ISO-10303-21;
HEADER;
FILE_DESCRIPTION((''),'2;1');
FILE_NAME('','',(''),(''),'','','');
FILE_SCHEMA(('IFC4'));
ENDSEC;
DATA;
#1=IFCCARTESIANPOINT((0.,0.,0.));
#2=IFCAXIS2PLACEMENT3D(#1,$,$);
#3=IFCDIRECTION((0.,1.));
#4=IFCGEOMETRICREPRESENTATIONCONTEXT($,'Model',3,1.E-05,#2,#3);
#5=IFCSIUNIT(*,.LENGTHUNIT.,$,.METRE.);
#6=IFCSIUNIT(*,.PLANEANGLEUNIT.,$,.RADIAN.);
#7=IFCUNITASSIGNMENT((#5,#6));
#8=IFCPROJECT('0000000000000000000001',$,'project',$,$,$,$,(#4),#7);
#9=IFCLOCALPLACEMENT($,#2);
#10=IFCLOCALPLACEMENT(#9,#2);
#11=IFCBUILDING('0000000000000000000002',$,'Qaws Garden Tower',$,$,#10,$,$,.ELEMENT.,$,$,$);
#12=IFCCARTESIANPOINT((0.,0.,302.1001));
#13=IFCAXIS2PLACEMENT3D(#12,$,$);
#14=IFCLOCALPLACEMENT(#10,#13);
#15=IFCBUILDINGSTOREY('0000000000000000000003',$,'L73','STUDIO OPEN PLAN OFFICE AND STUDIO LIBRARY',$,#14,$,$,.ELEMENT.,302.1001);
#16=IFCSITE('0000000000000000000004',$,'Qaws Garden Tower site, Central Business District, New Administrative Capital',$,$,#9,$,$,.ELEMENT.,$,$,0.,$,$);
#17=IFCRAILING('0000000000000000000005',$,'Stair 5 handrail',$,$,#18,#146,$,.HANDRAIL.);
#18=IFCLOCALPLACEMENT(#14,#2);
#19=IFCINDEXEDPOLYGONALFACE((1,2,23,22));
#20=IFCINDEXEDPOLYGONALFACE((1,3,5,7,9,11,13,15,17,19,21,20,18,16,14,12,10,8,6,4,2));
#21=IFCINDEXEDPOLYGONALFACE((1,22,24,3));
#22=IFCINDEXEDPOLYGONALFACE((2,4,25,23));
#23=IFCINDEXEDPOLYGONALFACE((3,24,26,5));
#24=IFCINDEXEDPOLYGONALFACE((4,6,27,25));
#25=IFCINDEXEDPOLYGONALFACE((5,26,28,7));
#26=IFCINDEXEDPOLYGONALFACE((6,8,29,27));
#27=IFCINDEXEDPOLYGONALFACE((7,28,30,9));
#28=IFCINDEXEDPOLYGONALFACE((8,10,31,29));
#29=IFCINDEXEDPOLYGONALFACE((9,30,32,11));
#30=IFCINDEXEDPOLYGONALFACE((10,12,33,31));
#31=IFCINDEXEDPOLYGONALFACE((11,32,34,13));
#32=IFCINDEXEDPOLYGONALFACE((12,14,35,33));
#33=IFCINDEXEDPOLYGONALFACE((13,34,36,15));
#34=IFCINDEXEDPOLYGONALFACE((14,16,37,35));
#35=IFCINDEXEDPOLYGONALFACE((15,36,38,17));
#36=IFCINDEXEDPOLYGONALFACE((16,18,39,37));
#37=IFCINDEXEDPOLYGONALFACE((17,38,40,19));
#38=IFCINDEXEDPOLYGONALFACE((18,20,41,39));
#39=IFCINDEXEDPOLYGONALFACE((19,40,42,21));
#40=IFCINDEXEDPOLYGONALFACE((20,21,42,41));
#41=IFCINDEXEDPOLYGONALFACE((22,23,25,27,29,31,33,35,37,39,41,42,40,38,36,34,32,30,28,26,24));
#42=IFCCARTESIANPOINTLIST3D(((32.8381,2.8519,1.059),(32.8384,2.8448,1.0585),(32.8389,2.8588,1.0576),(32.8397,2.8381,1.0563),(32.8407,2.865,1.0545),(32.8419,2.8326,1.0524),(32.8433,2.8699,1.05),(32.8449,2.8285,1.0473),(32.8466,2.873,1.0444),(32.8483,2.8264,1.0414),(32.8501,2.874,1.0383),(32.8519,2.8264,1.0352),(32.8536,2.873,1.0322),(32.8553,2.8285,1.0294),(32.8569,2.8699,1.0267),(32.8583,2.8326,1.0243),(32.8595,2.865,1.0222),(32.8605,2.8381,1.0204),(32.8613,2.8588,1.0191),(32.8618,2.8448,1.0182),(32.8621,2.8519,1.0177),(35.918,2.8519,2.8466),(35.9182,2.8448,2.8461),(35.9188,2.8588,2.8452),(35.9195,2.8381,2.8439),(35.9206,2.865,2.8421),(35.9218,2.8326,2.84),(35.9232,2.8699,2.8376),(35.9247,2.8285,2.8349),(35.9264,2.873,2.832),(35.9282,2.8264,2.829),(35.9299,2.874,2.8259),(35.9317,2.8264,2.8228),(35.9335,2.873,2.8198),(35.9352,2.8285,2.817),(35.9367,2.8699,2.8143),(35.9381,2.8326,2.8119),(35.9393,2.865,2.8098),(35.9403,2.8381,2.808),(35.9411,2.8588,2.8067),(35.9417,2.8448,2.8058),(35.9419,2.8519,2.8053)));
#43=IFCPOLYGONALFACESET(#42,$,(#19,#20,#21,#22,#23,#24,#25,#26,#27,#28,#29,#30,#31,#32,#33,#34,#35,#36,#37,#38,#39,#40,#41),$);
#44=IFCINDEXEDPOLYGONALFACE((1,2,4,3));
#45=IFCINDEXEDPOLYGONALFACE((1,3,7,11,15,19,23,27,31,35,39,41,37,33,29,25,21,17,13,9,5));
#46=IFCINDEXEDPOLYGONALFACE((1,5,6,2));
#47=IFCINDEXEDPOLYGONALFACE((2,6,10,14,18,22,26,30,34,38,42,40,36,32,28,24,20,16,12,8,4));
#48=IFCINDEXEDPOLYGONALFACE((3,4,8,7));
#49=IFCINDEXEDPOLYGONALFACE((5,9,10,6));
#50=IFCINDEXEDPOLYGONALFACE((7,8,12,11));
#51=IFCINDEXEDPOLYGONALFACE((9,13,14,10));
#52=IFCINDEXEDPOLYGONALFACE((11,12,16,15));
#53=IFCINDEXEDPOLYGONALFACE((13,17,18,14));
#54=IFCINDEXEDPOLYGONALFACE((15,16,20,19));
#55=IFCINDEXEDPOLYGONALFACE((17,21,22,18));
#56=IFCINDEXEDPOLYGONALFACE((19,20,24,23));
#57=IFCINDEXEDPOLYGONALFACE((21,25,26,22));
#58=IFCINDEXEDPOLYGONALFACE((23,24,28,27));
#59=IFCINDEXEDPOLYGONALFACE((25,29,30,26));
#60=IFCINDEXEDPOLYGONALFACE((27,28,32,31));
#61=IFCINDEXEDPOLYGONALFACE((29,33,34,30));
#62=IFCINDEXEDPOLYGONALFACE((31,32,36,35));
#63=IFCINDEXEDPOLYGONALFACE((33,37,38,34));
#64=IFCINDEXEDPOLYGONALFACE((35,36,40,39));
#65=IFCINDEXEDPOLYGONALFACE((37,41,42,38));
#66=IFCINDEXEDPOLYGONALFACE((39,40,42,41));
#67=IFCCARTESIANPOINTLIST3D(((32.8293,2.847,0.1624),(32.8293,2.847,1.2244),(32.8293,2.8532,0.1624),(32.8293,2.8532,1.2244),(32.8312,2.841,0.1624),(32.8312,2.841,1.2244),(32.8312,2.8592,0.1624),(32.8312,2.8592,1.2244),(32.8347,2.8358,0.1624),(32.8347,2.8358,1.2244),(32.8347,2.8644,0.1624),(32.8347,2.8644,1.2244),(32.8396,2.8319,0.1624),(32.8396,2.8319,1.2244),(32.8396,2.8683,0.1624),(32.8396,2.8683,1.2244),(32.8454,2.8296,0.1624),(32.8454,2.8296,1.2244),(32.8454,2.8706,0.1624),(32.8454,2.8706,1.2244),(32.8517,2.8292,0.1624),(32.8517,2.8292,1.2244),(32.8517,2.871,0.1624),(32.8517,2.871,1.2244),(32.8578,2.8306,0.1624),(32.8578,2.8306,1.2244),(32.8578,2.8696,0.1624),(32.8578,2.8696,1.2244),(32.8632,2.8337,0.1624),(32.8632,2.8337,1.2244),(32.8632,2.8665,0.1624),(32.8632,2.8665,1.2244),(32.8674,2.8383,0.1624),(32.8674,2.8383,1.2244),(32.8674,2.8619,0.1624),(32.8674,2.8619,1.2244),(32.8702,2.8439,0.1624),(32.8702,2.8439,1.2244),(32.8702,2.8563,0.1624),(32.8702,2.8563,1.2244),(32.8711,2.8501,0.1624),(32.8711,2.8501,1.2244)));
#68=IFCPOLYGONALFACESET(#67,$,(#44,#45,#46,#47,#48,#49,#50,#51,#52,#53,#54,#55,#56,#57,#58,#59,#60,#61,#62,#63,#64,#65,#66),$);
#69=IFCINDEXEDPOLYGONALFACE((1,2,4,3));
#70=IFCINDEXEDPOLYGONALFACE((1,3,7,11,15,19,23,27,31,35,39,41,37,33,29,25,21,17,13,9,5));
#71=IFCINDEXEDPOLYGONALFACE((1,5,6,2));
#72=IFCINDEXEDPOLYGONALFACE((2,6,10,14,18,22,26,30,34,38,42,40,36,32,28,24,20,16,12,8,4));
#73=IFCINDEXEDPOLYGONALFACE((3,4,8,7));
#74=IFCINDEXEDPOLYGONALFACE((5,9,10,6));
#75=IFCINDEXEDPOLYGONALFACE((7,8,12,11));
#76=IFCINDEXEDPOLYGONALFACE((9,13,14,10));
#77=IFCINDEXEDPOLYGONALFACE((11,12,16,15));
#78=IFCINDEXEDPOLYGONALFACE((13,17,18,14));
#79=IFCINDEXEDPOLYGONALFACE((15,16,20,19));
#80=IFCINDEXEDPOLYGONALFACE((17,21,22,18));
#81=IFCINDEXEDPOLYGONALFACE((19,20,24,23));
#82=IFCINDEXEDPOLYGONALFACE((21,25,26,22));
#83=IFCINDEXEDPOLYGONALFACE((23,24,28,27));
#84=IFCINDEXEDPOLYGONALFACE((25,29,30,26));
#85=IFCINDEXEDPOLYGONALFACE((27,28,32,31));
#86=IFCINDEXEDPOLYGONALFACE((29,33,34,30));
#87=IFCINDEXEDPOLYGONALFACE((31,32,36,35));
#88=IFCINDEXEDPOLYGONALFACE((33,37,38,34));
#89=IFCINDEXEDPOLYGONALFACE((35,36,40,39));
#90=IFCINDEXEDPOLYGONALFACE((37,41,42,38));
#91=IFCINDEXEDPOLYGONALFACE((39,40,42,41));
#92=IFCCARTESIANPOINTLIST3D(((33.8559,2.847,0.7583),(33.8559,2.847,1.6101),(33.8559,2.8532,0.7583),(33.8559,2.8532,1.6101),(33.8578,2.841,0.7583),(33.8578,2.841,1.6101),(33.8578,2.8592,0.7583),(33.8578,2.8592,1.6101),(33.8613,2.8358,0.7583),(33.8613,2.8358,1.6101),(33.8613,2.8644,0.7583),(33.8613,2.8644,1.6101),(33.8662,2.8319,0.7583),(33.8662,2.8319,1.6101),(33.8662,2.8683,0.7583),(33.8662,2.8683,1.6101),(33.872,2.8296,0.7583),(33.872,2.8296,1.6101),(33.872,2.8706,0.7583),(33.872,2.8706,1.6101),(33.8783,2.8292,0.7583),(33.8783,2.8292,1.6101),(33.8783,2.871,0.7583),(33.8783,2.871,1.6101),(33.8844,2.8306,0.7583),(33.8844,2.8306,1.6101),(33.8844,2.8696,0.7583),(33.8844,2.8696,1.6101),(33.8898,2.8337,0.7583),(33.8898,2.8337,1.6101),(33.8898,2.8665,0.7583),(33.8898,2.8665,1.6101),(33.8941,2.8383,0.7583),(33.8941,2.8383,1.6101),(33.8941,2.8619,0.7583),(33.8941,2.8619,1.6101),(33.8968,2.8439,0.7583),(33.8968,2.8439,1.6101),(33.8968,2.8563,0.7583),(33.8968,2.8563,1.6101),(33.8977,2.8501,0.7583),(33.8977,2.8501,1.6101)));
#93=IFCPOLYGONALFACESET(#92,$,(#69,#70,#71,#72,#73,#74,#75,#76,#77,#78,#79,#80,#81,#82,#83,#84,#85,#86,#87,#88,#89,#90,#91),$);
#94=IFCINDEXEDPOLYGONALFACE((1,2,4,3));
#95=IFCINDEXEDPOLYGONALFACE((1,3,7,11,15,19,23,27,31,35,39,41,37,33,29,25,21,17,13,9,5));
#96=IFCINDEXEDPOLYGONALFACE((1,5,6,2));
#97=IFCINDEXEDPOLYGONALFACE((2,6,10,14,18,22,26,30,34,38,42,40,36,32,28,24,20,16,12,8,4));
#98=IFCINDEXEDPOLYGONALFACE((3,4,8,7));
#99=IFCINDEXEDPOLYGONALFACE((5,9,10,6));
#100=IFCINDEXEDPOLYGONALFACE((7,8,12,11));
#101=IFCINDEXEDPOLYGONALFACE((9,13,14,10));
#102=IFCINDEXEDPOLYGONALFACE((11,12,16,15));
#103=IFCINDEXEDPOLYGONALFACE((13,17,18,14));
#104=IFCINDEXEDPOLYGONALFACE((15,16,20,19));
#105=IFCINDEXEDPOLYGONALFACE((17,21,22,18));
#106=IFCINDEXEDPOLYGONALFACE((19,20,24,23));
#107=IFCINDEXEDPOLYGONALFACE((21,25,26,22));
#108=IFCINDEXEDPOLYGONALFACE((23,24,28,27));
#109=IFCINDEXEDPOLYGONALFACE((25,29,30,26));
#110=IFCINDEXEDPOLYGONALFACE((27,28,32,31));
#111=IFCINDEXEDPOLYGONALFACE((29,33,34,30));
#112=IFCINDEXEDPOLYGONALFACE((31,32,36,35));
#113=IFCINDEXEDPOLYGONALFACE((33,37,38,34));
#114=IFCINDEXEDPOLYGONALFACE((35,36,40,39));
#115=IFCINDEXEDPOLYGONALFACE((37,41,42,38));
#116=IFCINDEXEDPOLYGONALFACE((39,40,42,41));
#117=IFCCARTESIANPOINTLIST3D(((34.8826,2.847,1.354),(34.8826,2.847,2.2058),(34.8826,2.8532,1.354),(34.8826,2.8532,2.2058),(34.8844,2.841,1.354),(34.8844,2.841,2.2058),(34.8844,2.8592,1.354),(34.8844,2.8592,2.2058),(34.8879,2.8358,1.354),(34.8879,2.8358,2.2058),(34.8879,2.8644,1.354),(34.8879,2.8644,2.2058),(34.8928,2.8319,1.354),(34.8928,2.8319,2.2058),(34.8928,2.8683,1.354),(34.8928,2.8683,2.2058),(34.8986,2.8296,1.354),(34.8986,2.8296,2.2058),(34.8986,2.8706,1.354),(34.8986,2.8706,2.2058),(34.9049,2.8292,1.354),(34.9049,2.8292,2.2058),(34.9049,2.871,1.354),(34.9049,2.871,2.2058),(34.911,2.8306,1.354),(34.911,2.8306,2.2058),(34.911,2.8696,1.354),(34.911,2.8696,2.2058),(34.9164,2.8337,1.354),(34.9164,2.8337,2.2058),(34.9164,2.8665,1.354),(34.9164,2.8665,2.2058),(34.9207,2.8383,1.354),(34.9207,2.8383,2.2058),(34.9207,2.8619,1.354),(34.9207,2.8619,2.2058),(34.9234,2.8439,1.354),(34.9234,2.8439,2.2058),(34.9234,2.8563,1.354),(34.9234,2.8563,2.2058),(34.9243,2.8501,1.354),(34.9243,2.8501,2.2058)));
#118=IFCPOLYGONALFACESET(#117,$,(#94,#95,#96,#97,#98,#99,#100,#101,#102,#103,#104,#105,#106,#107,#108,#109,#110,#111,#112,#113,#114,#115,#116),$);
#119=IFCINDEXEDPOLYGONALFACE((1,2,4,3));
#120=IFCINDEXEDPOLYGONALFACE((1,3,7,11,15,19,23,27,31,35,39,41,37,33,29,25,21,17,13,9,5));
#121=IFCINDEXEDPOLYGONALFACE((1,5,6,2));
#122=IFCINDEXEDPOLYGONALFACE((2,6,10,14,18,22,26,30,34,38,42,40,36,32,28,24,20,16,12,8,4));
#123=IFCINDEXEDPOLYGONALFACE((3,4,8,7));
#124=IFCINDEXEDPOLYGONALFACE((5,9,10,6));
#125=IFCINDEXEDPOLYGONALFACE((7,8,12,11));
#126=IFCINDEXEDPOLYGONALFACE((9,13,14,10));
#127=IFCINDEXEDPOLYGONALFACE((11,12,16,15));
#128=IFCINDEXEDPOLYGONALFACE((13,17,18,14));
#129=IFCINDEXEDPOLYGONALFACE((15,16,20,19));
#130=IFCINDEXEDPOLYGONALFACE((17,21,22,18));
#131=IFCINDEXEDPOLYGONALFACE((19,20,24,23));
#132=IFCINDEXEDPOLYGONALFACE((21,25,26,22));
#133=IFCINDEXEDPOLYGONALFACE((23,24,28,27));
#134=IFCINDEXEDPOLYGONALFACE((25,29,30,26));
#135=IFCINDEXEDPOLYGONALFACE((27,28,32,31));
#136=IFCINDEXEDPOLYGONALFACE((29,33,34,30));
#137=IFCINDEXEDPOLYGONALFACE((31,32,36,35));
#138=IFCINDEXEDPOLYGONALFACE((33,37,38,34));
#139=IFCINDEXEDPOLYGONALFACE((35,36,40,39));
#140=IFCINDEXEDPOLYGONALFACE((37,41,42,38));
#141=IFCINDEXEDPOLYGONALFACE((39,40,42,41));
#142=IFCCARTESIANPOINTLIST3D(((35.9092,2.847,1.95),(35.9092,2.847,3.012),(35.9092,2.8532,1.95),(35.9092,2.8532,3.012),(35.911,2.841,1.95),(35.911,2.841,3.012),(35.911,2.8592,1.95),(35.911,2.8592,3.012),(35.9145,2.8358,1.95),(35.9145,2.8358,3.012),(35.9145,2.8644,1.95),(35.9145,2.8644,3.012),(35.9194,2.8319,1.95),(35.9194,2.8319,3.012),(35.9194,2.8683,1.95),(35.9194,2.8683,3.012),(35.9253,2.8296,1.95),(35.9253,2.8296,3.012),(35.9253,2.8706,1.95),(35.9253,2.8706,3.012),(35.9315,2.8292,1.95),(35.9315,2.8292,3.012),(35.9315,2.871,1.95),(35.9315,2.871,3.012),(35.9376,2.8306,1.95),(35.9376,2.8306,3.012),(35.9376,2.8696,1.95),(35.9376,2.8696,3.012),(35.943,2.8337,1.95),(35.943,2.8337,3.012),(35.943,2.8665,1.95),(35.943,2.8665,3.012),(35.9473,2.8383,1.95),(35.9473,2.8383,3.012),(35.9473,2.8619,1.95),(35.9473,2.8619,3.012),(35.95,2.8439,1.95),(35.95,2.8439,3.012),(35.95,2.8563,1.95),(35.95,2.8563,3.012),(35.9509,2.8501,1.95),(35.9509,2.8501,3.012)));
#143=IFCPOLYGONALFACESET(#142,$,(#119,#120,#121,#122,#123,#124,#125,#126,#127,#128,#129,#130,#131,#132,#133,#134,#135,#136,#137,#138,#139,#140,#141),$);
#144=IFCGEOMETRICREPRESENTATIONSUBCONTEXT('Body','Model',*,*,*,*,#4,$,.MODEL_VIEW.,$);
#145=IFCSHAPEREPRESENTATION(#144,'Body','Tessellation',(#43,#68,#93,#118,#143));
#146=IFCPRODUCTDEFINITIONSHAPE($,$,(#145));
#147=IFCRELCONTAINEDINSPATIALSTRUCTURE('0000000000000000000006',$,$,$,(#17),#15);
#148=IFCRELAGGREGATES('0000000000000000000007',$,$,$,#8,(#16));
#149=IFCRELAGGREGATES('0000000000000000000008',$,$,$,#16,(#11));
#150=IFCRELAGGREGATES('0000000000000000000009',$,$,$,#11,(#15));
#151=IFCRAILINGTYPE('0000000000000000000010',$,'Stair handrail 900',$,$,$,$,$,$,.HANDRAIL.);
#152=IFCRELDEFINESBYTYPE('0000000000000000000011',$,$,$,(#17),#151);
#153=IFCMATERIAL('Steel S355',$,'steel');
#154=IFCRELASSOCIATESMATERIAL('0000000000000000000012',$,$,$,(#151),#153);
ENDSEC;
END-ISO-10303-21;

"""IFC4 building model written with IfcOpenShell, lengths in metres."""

from ifc_helpers import new_model, si_unit, direction, frame, origin, origin_2d, place, context, subcontext, project, spatial, circle, extrude, material, type_object, element, save


model = new_model("IFC4")

# Units and contexts
model_context = context("Model", 3, precision=1e-05, world=origin(), true_north=direction((0.0, 1.0)))
body_context = subcontext(model_context, "Body", "Model", "MODEL_VIEW")
ifc_project = project(units=[si_unit("LENGTHUNIT", "METRE"), si_unit("PLANEANGLEUNIT", "RADIAN")], contexts=[model_context])

# Site, building, storey
site_placement = place(None, origin())
site = spatial("IfcSite", under=ifc_project, at=site_placement, Name="Qaws Garden Tower site, Central Business District, New Administrative Capital", CompositionType="ELEMENT", RefElevation=0.0)
building_placement = place(site_placement, origin())
building = spatial("IfcBuilding", under=site, at=building_placement, Name="Qaws Garden Tower", CompositionType="ELEMENT")
storey_placement = place(building_placement, frame((0.0, 0.0, 302.1001)))
storey = spatial("IfcBuildingStorey", under=building, at=storey_placement, Name="L73", Description="STUDIO OPEN PLAN OFFICE AND STUDIO LIBRARY", CompositionType="ELEMENT", Elevation=302.1001)

# Railing
ifc_material_1 = material(Name="Steel S355", Category="steel")
railing_type = type_object("IfcRailingType", Name="Stair handrail 900", PredefinedType="HANDRAIL", material=ifc_material_1)
railing_1_placement = place(storey_placement, frame((32.8501, 2.8501, 0.1624)))
element("IfcRailing", 1, at=railing_1_placement, inside=storey, type_object=railing_type, Name="Stair 5 handrail", PredefinedType="HANDRAIL", context=body_context, shape_type="SweptSolid", body=[
    extrude(circle(Radius=0.0239, at=origin_2d()), frame((0.0, 0.0, 0.876), z_axis=(0.864873, 0.0, 0.50199), x_axis=(0.0, 1.0, 0.0)), (0.0, 0.0, 1.0), 3.561),
    extrude(circle(Radius=0.021, at=origin_2d()), origin(), (0.0, 0.0, 1.0), 1.062),
    extrude(circle(Radius=0.021, at=origin_2d()), frame((1.0266, 0.0, 0.5959)), (0.0, 0.0, 1.0), 0.8518),
    extrude(circle(Radius=0.021, at=origin_2d()), frame((2.0532, 0.0, 1.1917)), (0.0, 0.0, 1.0), 0.8518),
    extrude(circle(Radius=0.021, at=origin_2d()), frame((3.0798, 0.0, 1.7876)), (0.0, 0.0, 1.0), 1.062),
])

save(model, "model.ifc")
